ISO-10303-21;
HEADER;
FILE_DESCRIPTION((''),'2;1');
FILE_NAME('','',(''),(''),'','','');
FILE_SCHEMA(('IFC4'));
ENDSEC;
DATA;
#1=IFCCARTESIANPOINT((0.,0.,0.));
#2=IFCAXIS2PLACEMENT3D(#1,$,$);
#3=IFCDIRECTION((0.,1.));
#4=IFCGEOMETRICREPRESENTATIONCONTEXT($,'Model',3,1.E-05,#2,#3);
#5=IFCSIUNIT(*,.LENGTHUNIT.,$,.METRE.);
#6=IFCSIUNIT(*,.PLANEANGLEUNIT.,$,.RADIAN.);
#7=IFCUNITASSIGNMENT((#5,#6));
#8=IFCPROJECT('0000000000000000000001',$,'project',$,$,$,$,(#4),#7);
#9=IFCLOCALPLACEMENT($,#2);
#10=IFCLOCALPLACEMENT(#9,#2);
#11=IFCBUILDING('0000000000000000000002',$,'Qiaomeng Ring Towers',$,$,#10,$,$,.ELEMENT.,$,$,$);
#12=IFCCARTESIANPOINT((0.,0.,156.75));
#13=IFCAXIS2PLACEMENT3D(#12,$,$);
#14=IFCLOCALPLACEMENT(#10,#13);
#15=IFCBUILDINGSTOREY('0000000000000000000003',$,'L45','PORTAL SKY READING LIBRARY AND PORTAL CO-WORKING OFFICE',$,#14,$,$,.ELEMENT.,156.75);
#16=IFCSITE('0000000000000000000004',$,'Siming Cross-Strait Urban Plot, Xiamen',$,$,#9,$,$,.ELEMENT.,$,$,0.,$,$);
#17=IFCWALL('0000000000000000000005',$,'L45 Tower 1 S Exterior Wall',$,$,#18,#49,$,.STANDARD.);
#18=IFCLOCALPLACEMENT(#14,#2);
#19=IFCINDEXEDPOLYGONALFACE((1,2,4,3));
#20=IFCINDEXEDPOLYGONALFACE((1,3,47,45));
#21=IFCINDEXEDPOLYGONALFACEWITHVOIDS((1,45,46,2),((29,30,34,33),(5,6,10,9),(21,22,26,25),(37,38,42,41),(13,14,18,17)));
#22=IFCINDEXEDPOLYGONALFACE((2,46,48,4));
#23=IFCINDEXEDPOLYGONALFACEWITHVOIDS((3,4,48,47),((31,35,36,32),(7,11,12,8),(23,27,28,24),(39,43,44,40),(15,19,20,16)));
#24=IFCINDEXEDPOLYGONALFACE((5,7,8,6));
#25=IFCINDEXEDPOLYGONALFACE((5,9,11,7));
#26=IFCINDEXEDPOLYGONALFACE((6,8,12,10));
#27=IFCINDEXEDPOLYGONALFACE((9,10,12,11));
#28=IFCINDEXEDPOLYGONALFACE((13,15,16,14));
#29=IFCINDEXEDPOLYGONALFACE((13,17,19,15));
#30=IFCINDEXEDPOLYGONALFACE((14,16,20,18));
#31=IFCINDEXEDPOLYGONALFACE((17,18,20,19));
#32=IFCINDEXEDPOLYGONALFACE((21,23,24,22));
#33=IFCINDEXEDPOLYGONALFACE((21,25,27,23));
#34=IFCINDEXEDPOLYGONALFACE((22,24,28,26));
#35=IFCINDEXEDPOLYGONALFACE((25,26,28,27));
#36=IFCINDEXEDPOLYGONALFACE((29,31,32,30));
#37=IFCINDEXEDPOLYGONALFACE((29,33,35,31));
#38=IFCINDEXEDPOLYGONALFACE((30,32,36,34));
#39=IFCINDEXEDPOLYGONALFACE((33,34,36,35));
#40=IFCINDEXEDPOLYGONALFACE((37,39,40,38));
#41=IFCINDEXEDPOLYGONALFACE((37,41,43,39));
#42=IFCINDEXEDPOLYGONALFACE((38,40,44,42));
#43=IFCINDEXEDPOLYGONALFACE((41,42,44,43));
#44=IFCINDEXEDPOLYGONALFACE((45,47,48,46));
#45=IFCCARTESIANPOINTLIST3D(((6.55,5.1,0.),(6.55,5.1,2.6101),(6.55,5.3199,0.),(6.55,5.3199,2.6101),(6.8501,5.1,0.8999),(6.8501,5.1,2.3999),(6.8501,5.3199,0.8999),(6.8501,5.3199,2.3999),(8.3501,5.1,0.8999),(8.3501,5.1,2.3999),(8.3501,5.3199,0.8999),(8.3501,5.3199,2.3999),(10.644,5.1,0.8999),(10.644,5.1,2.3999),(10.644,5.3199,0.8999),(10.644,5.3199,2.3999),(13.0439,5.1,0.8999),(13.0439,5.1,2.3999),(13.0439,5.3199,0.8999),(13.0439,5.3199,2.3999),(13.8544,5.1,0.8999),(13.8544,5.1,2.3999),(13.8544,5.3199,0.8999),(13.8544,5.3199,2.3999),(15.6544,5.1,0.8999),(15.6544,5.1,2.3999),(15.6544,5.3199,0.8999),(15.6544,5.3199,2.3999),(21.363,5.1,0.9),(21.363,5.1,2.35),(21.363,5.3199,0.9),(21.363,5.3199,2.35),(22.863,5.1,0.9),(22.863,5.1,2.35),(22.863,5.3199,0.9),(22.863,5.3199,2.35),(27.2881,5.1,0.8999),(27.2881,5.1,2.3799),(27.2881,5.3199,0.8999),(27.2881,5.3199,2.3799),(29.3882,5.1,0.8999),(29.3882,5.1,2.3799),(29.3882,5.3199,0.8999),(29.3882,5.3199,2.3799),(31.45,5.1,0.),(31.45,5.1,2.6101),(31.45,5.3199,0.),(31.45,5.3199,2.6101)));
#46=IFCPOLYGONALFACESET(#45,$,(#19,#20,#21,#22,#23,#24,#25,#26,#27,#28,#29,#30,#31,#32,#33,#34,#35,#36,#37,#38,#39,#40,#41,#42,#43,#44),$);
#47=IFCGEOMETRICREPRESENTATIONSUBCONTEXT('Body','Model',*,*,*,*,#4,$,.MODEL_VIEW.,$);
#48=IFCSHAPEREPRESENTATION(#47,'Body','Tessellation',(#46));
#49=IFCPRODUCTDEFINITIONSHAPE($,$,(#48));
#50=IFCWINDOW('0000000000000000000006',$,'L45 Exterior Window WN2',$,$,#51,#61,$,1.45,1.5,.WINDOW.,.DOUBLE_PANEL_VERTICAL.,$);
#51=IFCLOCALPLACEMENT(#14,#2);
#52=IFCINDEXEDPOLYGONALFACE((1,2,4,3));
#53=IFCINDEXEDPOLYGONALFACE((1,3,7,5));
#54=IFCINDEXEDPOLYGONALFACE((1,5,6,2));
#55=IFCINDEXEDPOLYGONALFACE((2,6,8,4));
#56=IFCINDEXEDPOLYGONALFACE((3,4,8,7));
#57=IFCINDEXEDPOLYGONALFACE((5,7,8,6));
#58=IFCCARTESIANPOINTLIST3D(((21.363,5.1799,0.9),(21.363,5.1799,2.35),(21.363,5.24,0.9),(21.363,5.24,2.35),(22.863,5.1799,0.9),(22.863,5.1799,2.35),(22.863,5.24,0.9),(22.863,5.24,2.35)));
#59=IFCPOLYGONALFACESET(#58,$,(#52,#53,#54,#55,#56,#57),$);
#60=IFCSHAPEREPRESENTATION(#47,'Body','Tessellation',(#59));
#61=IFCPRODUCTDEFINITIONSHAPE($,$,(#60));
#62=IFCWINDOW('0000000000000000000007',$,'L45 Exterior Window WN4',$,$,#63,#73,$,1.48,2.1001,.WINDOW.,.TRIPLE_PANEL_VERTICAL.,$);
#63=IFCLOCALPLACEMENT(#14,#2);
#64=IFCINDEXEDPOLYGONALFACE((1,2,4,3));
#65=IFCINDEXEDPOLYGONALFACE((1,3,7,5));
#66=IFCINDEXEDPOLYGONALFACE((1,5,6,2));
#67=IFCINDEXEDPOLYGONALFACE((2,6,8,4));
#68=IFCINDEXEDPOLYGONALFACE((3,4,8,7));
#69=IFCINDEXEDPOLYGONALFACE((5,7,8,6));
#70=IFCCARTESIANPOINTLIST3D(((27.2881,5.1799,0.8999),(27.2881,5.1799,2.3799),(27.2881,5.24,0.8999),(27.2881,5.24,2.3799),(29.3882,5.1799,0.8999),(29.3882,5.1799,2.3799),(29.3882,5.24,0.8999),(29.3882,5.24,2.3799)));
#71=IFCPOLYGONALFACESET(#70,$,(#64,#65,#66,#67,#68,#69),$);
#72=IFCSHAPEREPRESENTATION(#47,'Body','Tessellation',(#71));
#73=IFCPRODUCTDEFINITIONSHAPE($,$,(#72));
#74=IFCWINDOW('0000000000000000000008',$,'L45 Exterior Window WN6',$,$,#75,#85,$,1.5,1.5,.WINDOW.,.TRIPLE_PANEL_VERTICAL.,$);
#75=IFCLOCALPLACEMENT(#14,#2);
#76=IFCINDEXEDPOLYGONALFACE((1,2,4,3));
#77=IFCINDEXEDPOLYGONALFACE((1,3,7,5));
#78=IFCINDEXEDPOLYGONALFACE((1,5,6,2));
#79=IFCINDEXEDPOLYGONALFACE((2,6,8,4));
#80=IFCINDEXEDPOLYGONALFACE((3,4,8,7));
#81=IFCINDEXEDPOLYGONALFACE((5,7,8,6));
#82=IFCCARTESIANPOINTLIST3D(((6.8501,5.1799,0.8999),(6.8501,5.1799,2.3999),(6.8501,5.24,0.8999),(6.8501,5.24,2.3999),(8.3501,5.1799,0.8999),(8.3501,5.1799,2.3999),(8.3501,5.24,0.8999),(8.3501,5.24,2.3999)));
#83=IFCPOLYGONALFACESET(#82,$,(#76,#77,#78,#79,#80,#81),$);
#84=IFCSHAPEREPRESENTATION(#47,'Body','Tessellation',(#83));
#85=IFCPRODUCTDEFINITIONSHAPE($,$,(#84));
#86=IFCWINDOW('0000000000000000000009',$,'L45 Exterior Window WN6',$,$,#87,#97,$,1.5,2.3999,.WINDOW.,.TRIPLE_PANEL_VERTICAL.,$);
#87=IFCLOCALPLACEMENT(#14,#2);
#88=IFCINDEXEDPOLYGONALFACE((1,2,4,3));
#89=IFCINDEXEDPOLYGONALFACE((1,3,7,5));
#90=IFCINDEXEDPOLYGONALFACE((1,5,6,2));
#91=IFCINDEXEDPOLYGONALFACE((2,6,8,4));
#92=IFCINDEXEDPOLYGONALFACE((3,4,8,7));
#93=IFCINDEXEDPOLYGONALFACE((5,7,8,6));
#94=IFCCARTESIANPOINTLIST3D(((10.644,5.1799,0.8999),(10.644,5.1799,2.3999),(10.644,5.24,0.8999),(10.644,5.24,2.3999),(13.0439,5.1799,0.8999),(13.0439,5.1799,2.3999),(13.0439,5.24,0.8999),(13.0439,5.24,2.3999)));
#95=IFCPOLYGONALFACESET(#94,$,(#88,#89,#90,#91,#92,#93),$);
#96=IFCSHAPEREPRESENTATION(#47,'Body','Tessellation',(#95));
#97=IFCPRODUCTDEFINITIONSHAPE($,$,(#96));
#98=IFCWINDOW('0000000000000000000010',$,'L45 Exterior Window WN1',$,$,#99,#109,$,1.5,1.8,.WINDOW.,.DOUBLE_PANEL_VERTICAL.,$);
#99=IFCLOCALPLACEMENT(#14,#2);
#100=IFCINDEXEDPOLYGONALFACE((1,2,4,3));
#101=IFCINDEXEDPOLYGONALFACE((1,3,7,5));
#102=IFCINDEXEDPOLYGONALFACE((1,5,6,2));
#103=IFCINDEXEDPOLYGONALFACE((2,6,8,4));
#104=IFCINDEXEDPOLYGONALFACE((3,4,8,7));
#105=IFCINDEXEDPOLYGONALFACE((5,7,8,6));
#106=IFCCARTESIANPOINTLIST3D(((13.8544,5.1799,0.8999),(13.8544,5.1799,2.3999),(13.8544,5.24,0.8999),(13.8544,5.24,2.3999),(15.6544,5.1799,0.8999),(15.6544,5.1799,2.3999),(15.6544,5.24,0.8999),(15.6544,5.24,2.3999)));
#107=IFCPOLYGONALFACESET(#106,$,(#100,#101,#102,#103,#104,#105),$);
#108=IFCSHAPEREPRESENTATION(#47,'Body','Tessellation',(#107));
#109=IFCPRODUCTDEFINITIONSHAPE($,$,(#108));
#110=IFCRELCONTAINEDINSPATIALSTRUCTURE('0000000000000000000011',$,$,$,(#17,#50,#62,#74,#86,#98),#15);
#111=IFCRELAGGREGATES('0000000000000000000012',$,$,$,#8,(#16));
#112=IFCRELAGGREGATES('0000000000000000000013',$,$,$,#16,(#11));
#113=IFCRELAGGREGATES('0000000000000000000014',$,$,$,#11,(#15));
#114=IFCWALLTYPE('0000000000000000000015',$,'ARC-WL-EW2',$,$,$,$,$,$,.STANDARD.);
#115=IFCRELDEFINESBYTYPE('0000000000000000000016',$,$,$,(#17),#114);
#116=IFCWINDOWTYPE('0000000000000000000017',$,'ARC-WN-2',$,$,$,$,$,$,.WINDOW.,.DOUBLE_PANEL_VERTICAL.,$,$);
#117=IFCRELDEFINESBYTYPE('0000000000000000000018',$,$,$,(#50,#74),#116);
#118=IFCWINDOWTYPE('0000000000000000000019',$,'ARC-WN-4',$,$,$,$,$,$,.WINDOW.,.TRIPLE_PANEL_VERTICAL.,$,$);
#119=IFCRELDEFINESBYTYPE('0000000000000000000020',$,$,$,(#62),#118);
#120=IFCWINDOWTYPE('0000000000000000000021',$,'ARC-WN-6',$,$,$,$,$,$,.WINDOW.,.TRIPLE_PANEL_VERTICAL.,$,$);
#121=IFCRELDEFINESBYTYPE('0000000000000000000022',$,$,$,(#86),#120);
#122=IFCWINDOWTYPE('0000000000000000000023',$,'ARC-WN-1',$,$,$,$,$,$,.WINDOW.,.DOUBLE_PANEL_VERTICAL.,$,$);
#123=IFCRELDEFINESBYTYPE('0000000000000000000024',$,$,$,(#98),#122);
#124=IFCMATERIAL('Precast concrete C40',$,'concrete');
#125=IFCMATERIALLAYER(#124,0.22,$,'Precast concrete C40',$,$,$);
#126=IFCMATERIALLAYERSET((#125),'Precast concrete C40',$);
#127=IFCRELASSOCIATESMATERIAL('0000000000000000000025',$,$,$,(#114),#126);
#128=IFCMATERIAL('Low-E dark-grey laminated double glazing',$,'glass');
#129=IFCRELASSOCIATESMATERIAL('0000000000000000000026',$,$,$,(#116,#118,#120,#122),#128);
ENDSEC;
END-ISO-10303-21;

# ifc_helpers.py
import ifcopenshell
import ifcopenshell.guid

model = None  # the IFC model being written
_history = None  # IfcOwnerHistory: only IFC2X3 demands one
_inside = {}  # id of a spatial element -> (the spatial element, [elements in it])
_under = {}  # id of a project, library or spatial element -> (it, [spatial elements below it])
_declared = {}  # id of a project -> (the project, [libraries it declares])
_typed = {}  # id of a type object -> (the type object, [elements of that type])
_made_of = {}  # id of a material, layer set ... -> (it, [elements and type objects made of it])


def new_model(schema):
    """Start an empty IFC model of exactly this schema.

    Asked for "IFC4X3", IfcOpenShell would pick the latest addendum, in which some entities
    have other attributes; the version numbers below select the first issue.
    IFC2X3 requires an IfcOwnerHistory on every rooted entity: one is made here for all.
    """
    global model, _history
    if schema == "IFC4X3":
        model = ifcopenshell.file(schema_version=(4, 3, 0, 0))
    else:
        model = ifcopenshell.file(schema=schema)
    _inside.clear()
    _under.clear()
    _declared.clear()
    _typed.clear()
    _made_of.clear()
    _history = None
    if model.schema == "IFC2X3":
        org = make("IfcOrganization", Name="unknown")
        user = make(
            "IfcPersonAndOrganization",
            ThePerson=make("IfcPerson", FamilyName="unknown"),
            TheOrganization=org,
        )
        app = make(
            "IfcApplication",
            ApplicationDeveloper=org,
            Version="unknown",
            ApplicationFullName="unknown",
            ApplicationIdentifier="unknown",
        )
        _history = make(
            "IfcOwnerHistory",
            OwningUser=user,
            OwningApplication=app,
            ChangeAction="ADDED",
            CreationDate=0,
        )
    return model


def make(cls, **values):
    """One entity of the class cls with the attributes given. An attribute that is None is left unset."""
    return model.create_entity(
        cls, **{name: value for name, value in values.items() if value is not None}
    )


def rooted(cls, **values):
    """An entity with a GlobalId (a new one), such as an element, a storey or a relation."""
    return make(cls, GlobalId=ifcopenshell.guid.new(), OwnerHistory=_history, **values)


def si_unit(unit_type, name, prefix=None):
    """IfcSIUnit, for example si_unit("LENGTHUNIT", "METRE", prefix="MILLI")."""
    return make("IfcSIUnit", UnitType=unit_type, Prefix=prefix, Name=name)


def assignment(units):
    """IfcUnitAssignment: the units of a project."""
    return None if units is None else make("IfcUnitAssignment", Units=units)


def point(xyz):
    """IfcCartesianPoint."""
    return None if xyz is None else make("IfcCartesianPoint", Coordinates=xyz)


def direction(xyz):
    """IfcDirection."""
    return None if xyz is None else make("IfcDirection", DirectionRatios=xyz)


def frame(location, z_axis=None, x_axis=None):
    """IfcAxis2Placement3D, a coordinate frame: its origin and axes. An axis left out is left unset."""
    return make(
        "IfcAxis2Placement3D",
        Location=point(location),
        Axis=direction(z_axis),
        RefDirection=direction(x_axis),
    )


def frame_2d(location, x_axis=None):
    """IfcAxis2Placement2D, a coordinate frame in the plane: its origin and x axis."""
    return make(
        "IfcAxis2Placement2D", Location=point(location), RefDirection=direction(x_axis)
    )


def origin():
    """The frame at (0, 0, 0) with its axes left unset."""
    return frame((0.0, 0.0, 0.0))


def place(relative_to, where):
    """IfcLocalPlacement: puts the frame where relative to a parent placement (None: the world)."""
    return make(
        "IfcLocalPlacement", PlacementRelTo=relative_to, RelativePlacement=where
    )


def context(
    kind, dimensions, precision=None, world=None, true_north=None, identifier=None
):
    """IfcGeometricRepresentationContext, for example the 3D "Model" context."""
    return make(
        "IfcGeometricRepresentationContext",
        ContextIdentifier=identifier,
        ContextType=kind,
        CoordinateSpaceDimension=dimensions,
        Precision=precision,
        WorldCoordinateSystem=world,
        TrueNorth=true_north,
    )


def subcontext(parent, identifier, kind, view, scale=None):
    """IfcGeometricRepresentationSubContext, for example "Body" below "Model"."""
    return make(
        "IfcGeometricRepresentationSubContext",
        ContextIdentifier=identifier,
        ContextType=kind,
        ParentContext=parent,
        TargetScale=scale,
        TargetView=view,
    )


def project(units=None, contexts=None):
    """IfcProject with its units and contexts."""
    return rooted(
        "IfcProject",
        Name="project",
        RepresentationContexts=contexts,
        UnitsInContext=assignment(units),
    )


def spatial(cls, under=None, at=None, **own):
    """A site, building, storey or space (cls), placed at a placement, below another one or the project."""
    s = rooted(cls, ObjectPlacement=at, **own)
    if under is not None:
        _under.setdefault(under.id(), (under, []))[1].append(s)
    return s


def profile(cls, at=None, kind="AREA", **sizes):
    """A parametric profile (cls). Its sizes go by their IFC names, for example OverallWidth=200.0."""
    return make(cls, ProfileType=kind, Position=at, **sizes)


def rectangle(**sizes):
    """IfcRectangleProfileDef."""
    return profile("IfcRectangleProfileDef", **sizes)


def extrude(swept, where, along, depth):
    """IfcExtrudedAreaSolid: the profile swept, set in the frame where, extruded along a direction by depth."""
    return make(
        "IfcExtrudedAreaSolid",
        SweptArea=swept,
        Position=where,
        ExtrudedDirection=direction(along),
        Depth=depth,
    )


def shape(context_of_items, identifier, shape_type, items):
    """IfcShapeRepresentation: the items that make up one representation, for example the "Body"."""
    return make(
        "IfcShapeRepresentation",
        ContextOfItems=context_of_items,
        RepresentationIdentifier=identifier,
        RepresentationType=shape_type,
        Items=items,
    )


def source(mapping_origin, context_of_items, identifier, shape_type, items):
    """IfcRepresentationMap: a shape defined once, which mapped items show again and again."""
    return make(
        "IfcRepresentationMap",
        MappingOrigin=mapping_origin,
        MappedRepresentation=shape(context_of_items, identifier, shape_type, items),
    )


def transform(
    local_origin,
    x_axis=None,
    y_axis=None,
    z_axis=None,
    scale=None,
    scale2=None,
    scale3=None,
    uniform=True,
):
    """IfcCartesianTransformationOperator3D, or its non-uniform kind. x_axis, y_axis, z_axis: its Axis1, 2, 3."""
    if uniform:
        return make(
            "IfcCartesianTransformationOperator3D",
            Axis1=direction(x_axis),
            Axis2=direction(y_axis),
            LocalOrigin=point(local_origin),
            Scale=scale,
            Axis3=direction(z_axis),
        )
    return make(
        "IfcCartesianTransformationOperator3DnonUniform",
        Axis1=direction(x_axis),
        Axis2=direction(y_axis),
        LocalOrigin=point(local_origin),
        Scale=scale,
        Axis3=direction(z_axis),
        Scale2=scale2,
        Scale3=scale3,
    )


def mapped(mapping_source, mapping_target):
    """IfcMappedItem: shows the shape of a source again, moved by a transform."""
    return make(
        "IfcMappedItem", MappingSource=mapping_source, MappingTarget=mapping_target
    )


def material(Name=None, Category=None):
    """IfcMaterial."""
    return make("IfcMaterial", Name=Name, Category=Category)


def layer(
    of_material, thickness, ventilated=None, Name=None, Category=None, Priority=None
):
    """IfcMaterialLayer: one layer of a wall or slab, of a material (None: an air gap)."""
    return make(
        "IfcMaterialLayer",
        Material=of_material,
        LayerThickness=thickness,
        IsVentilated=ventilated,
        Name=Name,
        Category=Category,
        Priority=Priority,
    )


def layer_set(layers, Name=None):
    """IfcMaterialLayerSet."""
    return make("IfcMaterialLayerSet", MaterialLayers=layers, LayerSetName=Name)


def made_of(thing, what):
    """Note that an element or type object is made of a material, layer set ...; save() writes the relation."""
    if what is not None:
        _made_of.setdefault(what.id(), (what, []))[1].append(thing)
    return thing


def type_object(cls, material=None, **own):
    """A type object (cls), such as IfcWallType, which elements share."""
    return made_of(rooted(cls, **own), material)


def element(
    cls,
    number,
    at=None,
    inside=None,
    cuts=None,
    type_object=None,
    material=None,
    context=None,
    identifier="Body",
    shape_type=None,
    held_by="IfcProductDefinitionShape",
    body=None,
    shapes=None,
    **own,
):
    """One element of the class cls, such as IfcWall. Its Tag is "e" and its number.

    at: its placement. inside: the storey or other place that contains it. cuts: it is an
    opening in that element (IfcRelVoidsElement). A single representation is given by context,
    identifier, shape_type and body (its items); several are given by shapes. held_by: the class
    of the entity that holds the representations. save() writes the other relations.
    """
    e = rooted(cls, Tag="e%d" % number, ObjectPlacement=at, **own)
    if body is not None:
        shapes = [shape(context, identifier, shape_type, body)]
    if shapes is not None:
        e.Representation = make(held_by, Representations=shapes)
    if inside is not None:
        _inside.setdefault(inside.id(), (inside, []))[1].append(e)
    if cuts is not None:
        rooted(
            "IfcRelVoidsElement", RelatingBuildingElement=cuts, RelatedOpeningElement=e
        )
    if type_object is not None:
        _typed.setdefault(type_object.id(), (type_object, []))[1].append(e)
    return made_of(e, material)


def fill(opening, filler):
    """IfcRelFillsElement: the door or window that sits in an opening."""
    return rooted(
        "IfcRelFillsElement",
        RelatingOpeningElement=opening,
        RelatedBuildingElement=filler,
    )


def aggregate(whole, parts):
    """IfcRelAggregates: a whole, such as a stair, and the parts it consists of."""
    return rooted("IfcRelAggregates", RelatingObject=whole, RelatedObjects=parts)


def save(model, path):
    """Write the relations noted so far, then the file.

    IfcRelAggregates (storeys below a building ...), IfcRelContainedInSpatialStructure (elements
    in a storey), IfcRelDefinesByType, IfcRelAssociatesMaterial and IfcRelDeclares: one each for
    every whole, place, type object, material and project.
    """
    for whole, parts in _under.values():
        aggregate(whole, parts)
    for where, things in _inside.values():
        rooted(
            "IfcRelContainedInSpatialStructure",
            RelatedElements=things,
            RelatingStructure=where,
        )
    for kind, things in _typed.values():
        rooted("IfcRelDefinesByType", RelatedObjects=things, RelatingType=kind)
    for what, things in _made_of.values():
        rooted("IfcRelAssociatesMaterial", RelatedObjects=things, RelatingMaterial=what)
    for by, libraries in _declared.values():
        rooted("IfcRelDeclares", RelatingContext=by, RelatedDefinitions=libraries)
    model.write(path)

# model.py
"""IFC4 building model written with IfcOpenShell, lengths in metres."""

from ifc_helpers import new_model, si_unit, direction, frame, frame_2d, origin, place, context, subcontext, project, spatial, rectangle, extrude, source, transform, mapped, material, layer, layer_set, type_object, element, fill, save


model = new_model("IFC4")

# Units and contexts
model_context = context("Model", 3, precision=1e-05, world=origin(), true_north=direction((0.0, 1.0)))
body_context = subcontext(model_context, "Body", "Model", "MODEL_VIEW")
ifc_project = project(units=[si_unit("LENGTHUNIT", "METRE"), si_unit("PLANEANGLEUNIT", "RADIAN")], contexts=[model_context])

# Site, building, storey
site_placement = place(None, origin())
site = spatial("IfcSite", under=ifc_project, at=site_placement, Name="Siming Cross-Strait Urban Plot, Xiamen", CompositionType="ELEMENT", RefElevation=0.0)
building_placement = place(site_placement, origin())
building = spatial("IfcBuilding", under=site, at=building_placement, Name="Qiaomeng Ring Towers", CompositionType="ELEMENT")
storey_placement = place(building_placement, frame((0.0, 0.0, 156.75)))
storey = spatial("IfcBuildingStorey", under=building, at=storey_placement, Name="L45", Description="PORTAL SKY READING LIBRARY AND PORTAL CO-WORKING OFFICE", CompositionType="ELEMENT", Elevation=156.75)

# Shared definitions
ifc_material_1 = material(Name="Low-E dark-grey laminated double glazing", Category="glass")

# Wall, openings, windows
ifc_material_2 = material(Name="Precast concrete C40", Category="concrete")
ifc_layer_1 = layer(ifc_material_2, 0.22, Name="Precast concrete C40")
ifc_layer_set_1 = layer_set([ifc_layer_1], Name="Precast concrete C40")
wall_type = type_object("IfcWallType", Name="ARC-WL-EW2", PredefinedType="STANDARD", material=ifc_layer_set_1)
wall_placement = place(storey_placement, frame((6.55, 5.21, 0.0), z_axis=(0.0, 0.0, 1.0), x_axis=(1.0, 0.0, 0.0)))
wall = element("IfcWall", 1, at=wall_placement, inside=storey, type_object=wall_type, Name="L45 Tower 1 S Exterior Wall", PredefinedType="STANDARD", context=body_context, shape_type="SweptSolid", body=[
    extrude(rectangle(XDim=24.8999, YDim=0.22, at=frame_2d((12.45, 0.0))), origin(), (0.0, 0.0, 1.0), 2.6101),
])
opening_1_placement = place(wall_placement, frame((0.3, 0.0, 0.8999)))
opening_1 = element("IfcOpeningElement", 2, at=opening_1_placement, cuts=wall, PredefinedType="OPENING", context=body_context, shape_type="SweptSolid", body=[
    extrude(rectangle(XDim=1.5, YDim=1.5, at=frame_2d((0.75, 0.75))), frame((0.0, 0.1199, 0.0), z_axis=(0.0, -1.0, 0.0), x_axis=(1.0, 0.0, 0.0)), (0.0, 0.0, 1.0), 0.24),
])
opening_2_placement = place(wall_placement, frame((7.3044, 0.0, 0.8999)))
opening_2 = element("IfcOpeningElement", 3, at=opening_2_placement, cuts=wall, PredefinedType="OPENING", context=body_context, shape_type="SweptSolid", body=[
    extrude(rectangle(XDim=1.8, YDim=1.5, at=frame_2d((0.8999, 0.75))), frame((0.0, 0.1199, 0.0), z_axis=(0.0, -1.0, 0.0), x_axis=(1.0, 0.0, 0.0)), (0.0, 0.0, 1.0), 0.24),
])
opening_3_placement = place(wall_placement, frame((14.813, 0.0, 0.8999)))
opening_3 = element("IfcOpeningElement", 4, at=opening_3_placement, cuts=wall, PredefinedType="OPENING", context=body_context, shape_type="SweptSolid", body=[
    extrude(rectangle(XDim=1.5, YDim=1.45, at=frame_2d((0.75, 0.7251))), frame((0.0, 0.1199, 0.0), z_axis=(0.0, -1.0, 0.0), x_axis=(1.0, 0.0, 0.0)), (0.0, 0.0, 1.0), 0.24),
])
opening_4_placement = place(wall_placement, frame((20.738, 0.0, 0.8999)))
opening_4 = element("IfcOpeningElement", 5, at=opening_4_placement, cuts=wall, PredefinedType="OPENING", context=body_context, shape_type="SweptSolid", body=[
    extrude(rectangle(XDim=2.1001, YDim=1.48, at=frame_2d((1.05, 0.74))), frame((0.0, 0.1199, 0.0), z_axis=(0.0, -1.0, 0.0), x_axis=(1.0, 0.0, 0.0)), (0.0, 0.0, 1.0), 0.24),
])
opening_5_placement = place(wall_placement, frame((4.094, 0.0, 0.8999)))
opening_5 = element("IfcOpeningElement", 6, at=opening_5_placement, cuts=wall, PredefinedType="OPENING", context=body_context, shape_type="SweptSolid", body=[
    extrude(rectangle(XDim=2.3999, YDim=1.5, at=frame_2d((1.2, 0.75))), frame((0.0, 0.1199, 0.0), z_axis=(0.0, -1.0, 0.0), x_axis=(1.0, 0.0, 0.0)), (0.0, 0.0, 1.0), 0.24),
])
window_type_1 = type_object("IfcWindowType", Name="ARC-WN-2", PartitioningType="DOUBLE_PANEL_VERTICAL", PredefinedType="WINDOW", material=ifc_material_1)
shared_shape_1 = source(origin(), body_context, "Body", "SweptSolid", [
    extrude(rectangle(XDim=1.5, YDim=1.45, at=frame_2d((0.75, 0.7251))), frame((0.0, 0.03, 0.0), z_axis=(0.0, -1.0, 0.0), x_axis=(1.0, 0.0, 0.0)), (0.0, 0.0, 1.0), 0.0601),
])
window_1_placement = place(opening_3_placement, origin())
window_1 = element("IfcWindow", 7, at=window_1_placement, inside=storey, type_object=window_type_1, Name="L45 Exterior Window WN2", OverallHeight=1.45, OverallWidth=1.5, PartitioningType="DOUBLE_PANEL_VERTICAL", PredefinedType="WINDOW", context=body_context, shape_type="MappedRepresentation", body=[
    mapped(shared_shape_1, transform((0.0, 0.0, 0.0), x_axis=(1.0, 0.0, 0.0), y_axis=(0.0, 1.0, 0.0), z_axis=(0.0, 0.0, 1.0), scale=1.0)),
])
fill(opening_3, window_1)
window_type_2 = type_object("IfcWindowType", Name="ARC-WN-4", PartitioningType="TRIPLE_PANEL_VERTICAL", PredefinedType="WINDOW", material=ifc_material_1)
shared_shape_2 = source(origin(), body_context, "Body", "SweptSolid", [
    extrude(rectangle(XDim=2.1001, YDim=1.48, at=frame_2d((1.05, 0.74))), frame((0.0, 0.03, 0.0), z_axis=(0.0, -1.0, 0.0), x_axis=(1.0, 0.0, 0.0)), (0.0, 0.0, 1.0), 0.0601),
])
window_2_placement = place(opening_4_placement, origin())
window_2 = element("IfcWindow", 8, at=window_2_placement, inside=storey, type_object=window_type_2, Name="L45 Exterior Window WN4", OverallHeight=1.48, OverallWidth=2.1001, PartitioningType="TRIPLE_PANEL_VERTICAL", PredefinedType="WINDOW", context=body_context, shape_type="MappedRepresentation", body=[
    mapped(shared_shape_2, transform((0.0, 0.0, 0.0), x_axis=(1.0, 0.0, 0.0), y_axis=(0.0, 1.0, 0.0), z_axis=(0.0, 0.0, 1.0), scale=1.0)),
])
fill(opening_4, window_2)
shared_shape_3 = source(origin(), body_context, "Body", "SweptSolid", [
    extrude(rectangle(XDim=1.5, YDim=1.5, at=frame_2d((0.75, 0.75))), frame((0.0, 0.03, 0.0), z_axis=(0.0, -1.0, 0.0), x_axis=(1.0, 0.0, 0.0)), (0.0, 0.0, 1.0), 0.0601),
])
window_3_placement = place(opening_1_placement, origin())
window_3 = element("IfcWindow", 9, at=window_3_placement, inside=storey, type_object=window_type_1, Name="L45 Exterior Window WN6", OverallHeight=1.5, OverallWidth=1.5, PartitioningType="TRIPLE_PANEL_VERTICAL", PredefinedType="WINDOW", context=body_context, shape_type="MappedRepresentation", body=[
    mapped(shared_shape_3, transform((0.0, 0.0, 0.0), x_axis=(1.0, 0.0, 0.0), y_axis=(0.0, 1.0, 0.0), z_axis=(0.0, 0.0, 1.0), scale=1.0)),
])
fill(opening_1, window_3)
window_type_3 = type_object("IfcWindowType", Name="ARC-WN-6", PartitioningType="TRIPLE_PANEL_VERTICAL", PredefinedType="WINDOW", material=ifc_material_1)
shared_shape_4 = source(origin(), body_context, "Body", "SweptSolid", [
    extrude(rectangle(XDim=2.3999, YDim=1.5, at=frame_2d((1.2, 0.75))), frame((0.0, 0.03, 0.0), z_axis=(0.0, -1.0, 0.0), x_axis=(1.0, 0.0, 0.0)), (0.0, 0.0, 1.0), 0.0601),
])
window_4_placement = place(opening_5_placement, origin())
window_4 = element("IfcWindow", 10, at=window_4_placement, inside=storey, type_object=window_type_3, Name="L45 Exterior Window WN6", OverallHeight=1.5, OverallWidth=2.3999, PartitioningType="TRIPLE_PANEL_VERTICAL", PredefinedType="WINDOW", context=body_context, shape_type="MappedRepresentation", body=[
    mapped(shared_shape_4, transform((0.0, 0.0, 0.0), x_axis=(1.0, 0.0, 0.0), y_axis=(0.0, 1.0, 0.0), z_axis=(0.0, 0.0, 1.0), scale=1.0)),
])
fill(opening_5, window_4)
window_type_4 = type_object("IfcWindowType", Name="ARC-WN-1", PartitioningType="DOUBLE_PANEL_VERTICAL", PredefinedType="WINDOW", material=ifc_material_1)
shared_shape_5 = source(origin(), body_context, "Body", "SweptSolid", [
    extrude(rectangle(XDim=1.8, YDim=1.5, at=frame_2d((0.8999, 0.75))), frame((0.0, 0.03, 0.0), z_axis=(0.0, -1.0, 0.0), x_axis=(1.0, 0.0, 0.0)), (0.0, 0.0, 1.0), 0.0601),
])
window_5_placement = place(opening_2_placement, origin())
window_5 = element("IfcWindow", 11, at=window_5_placement, inside=storey, type_object=window_type_4, Name="L45 Exterior Window WN1", OverallHeight=1.5, OverallWidth=1.8, PartitioningType="DOUBLE_PANEL_VERTICAL", PredefinedType="WINDOW", context=body_context, shape_type="MappedRepresentation", body=[
    mapped(shared_shape_5, transform((0.0, 0.0, 0.0), x_axis=(1.0, 0.0, 0.0), y_axis=(0.0, 1.0, 0.0), z_axis=(0.0, 0.0, 1.0), scale=1.0)),
])
fill(opening_2, window_5)

save(model, "model.ifc")
